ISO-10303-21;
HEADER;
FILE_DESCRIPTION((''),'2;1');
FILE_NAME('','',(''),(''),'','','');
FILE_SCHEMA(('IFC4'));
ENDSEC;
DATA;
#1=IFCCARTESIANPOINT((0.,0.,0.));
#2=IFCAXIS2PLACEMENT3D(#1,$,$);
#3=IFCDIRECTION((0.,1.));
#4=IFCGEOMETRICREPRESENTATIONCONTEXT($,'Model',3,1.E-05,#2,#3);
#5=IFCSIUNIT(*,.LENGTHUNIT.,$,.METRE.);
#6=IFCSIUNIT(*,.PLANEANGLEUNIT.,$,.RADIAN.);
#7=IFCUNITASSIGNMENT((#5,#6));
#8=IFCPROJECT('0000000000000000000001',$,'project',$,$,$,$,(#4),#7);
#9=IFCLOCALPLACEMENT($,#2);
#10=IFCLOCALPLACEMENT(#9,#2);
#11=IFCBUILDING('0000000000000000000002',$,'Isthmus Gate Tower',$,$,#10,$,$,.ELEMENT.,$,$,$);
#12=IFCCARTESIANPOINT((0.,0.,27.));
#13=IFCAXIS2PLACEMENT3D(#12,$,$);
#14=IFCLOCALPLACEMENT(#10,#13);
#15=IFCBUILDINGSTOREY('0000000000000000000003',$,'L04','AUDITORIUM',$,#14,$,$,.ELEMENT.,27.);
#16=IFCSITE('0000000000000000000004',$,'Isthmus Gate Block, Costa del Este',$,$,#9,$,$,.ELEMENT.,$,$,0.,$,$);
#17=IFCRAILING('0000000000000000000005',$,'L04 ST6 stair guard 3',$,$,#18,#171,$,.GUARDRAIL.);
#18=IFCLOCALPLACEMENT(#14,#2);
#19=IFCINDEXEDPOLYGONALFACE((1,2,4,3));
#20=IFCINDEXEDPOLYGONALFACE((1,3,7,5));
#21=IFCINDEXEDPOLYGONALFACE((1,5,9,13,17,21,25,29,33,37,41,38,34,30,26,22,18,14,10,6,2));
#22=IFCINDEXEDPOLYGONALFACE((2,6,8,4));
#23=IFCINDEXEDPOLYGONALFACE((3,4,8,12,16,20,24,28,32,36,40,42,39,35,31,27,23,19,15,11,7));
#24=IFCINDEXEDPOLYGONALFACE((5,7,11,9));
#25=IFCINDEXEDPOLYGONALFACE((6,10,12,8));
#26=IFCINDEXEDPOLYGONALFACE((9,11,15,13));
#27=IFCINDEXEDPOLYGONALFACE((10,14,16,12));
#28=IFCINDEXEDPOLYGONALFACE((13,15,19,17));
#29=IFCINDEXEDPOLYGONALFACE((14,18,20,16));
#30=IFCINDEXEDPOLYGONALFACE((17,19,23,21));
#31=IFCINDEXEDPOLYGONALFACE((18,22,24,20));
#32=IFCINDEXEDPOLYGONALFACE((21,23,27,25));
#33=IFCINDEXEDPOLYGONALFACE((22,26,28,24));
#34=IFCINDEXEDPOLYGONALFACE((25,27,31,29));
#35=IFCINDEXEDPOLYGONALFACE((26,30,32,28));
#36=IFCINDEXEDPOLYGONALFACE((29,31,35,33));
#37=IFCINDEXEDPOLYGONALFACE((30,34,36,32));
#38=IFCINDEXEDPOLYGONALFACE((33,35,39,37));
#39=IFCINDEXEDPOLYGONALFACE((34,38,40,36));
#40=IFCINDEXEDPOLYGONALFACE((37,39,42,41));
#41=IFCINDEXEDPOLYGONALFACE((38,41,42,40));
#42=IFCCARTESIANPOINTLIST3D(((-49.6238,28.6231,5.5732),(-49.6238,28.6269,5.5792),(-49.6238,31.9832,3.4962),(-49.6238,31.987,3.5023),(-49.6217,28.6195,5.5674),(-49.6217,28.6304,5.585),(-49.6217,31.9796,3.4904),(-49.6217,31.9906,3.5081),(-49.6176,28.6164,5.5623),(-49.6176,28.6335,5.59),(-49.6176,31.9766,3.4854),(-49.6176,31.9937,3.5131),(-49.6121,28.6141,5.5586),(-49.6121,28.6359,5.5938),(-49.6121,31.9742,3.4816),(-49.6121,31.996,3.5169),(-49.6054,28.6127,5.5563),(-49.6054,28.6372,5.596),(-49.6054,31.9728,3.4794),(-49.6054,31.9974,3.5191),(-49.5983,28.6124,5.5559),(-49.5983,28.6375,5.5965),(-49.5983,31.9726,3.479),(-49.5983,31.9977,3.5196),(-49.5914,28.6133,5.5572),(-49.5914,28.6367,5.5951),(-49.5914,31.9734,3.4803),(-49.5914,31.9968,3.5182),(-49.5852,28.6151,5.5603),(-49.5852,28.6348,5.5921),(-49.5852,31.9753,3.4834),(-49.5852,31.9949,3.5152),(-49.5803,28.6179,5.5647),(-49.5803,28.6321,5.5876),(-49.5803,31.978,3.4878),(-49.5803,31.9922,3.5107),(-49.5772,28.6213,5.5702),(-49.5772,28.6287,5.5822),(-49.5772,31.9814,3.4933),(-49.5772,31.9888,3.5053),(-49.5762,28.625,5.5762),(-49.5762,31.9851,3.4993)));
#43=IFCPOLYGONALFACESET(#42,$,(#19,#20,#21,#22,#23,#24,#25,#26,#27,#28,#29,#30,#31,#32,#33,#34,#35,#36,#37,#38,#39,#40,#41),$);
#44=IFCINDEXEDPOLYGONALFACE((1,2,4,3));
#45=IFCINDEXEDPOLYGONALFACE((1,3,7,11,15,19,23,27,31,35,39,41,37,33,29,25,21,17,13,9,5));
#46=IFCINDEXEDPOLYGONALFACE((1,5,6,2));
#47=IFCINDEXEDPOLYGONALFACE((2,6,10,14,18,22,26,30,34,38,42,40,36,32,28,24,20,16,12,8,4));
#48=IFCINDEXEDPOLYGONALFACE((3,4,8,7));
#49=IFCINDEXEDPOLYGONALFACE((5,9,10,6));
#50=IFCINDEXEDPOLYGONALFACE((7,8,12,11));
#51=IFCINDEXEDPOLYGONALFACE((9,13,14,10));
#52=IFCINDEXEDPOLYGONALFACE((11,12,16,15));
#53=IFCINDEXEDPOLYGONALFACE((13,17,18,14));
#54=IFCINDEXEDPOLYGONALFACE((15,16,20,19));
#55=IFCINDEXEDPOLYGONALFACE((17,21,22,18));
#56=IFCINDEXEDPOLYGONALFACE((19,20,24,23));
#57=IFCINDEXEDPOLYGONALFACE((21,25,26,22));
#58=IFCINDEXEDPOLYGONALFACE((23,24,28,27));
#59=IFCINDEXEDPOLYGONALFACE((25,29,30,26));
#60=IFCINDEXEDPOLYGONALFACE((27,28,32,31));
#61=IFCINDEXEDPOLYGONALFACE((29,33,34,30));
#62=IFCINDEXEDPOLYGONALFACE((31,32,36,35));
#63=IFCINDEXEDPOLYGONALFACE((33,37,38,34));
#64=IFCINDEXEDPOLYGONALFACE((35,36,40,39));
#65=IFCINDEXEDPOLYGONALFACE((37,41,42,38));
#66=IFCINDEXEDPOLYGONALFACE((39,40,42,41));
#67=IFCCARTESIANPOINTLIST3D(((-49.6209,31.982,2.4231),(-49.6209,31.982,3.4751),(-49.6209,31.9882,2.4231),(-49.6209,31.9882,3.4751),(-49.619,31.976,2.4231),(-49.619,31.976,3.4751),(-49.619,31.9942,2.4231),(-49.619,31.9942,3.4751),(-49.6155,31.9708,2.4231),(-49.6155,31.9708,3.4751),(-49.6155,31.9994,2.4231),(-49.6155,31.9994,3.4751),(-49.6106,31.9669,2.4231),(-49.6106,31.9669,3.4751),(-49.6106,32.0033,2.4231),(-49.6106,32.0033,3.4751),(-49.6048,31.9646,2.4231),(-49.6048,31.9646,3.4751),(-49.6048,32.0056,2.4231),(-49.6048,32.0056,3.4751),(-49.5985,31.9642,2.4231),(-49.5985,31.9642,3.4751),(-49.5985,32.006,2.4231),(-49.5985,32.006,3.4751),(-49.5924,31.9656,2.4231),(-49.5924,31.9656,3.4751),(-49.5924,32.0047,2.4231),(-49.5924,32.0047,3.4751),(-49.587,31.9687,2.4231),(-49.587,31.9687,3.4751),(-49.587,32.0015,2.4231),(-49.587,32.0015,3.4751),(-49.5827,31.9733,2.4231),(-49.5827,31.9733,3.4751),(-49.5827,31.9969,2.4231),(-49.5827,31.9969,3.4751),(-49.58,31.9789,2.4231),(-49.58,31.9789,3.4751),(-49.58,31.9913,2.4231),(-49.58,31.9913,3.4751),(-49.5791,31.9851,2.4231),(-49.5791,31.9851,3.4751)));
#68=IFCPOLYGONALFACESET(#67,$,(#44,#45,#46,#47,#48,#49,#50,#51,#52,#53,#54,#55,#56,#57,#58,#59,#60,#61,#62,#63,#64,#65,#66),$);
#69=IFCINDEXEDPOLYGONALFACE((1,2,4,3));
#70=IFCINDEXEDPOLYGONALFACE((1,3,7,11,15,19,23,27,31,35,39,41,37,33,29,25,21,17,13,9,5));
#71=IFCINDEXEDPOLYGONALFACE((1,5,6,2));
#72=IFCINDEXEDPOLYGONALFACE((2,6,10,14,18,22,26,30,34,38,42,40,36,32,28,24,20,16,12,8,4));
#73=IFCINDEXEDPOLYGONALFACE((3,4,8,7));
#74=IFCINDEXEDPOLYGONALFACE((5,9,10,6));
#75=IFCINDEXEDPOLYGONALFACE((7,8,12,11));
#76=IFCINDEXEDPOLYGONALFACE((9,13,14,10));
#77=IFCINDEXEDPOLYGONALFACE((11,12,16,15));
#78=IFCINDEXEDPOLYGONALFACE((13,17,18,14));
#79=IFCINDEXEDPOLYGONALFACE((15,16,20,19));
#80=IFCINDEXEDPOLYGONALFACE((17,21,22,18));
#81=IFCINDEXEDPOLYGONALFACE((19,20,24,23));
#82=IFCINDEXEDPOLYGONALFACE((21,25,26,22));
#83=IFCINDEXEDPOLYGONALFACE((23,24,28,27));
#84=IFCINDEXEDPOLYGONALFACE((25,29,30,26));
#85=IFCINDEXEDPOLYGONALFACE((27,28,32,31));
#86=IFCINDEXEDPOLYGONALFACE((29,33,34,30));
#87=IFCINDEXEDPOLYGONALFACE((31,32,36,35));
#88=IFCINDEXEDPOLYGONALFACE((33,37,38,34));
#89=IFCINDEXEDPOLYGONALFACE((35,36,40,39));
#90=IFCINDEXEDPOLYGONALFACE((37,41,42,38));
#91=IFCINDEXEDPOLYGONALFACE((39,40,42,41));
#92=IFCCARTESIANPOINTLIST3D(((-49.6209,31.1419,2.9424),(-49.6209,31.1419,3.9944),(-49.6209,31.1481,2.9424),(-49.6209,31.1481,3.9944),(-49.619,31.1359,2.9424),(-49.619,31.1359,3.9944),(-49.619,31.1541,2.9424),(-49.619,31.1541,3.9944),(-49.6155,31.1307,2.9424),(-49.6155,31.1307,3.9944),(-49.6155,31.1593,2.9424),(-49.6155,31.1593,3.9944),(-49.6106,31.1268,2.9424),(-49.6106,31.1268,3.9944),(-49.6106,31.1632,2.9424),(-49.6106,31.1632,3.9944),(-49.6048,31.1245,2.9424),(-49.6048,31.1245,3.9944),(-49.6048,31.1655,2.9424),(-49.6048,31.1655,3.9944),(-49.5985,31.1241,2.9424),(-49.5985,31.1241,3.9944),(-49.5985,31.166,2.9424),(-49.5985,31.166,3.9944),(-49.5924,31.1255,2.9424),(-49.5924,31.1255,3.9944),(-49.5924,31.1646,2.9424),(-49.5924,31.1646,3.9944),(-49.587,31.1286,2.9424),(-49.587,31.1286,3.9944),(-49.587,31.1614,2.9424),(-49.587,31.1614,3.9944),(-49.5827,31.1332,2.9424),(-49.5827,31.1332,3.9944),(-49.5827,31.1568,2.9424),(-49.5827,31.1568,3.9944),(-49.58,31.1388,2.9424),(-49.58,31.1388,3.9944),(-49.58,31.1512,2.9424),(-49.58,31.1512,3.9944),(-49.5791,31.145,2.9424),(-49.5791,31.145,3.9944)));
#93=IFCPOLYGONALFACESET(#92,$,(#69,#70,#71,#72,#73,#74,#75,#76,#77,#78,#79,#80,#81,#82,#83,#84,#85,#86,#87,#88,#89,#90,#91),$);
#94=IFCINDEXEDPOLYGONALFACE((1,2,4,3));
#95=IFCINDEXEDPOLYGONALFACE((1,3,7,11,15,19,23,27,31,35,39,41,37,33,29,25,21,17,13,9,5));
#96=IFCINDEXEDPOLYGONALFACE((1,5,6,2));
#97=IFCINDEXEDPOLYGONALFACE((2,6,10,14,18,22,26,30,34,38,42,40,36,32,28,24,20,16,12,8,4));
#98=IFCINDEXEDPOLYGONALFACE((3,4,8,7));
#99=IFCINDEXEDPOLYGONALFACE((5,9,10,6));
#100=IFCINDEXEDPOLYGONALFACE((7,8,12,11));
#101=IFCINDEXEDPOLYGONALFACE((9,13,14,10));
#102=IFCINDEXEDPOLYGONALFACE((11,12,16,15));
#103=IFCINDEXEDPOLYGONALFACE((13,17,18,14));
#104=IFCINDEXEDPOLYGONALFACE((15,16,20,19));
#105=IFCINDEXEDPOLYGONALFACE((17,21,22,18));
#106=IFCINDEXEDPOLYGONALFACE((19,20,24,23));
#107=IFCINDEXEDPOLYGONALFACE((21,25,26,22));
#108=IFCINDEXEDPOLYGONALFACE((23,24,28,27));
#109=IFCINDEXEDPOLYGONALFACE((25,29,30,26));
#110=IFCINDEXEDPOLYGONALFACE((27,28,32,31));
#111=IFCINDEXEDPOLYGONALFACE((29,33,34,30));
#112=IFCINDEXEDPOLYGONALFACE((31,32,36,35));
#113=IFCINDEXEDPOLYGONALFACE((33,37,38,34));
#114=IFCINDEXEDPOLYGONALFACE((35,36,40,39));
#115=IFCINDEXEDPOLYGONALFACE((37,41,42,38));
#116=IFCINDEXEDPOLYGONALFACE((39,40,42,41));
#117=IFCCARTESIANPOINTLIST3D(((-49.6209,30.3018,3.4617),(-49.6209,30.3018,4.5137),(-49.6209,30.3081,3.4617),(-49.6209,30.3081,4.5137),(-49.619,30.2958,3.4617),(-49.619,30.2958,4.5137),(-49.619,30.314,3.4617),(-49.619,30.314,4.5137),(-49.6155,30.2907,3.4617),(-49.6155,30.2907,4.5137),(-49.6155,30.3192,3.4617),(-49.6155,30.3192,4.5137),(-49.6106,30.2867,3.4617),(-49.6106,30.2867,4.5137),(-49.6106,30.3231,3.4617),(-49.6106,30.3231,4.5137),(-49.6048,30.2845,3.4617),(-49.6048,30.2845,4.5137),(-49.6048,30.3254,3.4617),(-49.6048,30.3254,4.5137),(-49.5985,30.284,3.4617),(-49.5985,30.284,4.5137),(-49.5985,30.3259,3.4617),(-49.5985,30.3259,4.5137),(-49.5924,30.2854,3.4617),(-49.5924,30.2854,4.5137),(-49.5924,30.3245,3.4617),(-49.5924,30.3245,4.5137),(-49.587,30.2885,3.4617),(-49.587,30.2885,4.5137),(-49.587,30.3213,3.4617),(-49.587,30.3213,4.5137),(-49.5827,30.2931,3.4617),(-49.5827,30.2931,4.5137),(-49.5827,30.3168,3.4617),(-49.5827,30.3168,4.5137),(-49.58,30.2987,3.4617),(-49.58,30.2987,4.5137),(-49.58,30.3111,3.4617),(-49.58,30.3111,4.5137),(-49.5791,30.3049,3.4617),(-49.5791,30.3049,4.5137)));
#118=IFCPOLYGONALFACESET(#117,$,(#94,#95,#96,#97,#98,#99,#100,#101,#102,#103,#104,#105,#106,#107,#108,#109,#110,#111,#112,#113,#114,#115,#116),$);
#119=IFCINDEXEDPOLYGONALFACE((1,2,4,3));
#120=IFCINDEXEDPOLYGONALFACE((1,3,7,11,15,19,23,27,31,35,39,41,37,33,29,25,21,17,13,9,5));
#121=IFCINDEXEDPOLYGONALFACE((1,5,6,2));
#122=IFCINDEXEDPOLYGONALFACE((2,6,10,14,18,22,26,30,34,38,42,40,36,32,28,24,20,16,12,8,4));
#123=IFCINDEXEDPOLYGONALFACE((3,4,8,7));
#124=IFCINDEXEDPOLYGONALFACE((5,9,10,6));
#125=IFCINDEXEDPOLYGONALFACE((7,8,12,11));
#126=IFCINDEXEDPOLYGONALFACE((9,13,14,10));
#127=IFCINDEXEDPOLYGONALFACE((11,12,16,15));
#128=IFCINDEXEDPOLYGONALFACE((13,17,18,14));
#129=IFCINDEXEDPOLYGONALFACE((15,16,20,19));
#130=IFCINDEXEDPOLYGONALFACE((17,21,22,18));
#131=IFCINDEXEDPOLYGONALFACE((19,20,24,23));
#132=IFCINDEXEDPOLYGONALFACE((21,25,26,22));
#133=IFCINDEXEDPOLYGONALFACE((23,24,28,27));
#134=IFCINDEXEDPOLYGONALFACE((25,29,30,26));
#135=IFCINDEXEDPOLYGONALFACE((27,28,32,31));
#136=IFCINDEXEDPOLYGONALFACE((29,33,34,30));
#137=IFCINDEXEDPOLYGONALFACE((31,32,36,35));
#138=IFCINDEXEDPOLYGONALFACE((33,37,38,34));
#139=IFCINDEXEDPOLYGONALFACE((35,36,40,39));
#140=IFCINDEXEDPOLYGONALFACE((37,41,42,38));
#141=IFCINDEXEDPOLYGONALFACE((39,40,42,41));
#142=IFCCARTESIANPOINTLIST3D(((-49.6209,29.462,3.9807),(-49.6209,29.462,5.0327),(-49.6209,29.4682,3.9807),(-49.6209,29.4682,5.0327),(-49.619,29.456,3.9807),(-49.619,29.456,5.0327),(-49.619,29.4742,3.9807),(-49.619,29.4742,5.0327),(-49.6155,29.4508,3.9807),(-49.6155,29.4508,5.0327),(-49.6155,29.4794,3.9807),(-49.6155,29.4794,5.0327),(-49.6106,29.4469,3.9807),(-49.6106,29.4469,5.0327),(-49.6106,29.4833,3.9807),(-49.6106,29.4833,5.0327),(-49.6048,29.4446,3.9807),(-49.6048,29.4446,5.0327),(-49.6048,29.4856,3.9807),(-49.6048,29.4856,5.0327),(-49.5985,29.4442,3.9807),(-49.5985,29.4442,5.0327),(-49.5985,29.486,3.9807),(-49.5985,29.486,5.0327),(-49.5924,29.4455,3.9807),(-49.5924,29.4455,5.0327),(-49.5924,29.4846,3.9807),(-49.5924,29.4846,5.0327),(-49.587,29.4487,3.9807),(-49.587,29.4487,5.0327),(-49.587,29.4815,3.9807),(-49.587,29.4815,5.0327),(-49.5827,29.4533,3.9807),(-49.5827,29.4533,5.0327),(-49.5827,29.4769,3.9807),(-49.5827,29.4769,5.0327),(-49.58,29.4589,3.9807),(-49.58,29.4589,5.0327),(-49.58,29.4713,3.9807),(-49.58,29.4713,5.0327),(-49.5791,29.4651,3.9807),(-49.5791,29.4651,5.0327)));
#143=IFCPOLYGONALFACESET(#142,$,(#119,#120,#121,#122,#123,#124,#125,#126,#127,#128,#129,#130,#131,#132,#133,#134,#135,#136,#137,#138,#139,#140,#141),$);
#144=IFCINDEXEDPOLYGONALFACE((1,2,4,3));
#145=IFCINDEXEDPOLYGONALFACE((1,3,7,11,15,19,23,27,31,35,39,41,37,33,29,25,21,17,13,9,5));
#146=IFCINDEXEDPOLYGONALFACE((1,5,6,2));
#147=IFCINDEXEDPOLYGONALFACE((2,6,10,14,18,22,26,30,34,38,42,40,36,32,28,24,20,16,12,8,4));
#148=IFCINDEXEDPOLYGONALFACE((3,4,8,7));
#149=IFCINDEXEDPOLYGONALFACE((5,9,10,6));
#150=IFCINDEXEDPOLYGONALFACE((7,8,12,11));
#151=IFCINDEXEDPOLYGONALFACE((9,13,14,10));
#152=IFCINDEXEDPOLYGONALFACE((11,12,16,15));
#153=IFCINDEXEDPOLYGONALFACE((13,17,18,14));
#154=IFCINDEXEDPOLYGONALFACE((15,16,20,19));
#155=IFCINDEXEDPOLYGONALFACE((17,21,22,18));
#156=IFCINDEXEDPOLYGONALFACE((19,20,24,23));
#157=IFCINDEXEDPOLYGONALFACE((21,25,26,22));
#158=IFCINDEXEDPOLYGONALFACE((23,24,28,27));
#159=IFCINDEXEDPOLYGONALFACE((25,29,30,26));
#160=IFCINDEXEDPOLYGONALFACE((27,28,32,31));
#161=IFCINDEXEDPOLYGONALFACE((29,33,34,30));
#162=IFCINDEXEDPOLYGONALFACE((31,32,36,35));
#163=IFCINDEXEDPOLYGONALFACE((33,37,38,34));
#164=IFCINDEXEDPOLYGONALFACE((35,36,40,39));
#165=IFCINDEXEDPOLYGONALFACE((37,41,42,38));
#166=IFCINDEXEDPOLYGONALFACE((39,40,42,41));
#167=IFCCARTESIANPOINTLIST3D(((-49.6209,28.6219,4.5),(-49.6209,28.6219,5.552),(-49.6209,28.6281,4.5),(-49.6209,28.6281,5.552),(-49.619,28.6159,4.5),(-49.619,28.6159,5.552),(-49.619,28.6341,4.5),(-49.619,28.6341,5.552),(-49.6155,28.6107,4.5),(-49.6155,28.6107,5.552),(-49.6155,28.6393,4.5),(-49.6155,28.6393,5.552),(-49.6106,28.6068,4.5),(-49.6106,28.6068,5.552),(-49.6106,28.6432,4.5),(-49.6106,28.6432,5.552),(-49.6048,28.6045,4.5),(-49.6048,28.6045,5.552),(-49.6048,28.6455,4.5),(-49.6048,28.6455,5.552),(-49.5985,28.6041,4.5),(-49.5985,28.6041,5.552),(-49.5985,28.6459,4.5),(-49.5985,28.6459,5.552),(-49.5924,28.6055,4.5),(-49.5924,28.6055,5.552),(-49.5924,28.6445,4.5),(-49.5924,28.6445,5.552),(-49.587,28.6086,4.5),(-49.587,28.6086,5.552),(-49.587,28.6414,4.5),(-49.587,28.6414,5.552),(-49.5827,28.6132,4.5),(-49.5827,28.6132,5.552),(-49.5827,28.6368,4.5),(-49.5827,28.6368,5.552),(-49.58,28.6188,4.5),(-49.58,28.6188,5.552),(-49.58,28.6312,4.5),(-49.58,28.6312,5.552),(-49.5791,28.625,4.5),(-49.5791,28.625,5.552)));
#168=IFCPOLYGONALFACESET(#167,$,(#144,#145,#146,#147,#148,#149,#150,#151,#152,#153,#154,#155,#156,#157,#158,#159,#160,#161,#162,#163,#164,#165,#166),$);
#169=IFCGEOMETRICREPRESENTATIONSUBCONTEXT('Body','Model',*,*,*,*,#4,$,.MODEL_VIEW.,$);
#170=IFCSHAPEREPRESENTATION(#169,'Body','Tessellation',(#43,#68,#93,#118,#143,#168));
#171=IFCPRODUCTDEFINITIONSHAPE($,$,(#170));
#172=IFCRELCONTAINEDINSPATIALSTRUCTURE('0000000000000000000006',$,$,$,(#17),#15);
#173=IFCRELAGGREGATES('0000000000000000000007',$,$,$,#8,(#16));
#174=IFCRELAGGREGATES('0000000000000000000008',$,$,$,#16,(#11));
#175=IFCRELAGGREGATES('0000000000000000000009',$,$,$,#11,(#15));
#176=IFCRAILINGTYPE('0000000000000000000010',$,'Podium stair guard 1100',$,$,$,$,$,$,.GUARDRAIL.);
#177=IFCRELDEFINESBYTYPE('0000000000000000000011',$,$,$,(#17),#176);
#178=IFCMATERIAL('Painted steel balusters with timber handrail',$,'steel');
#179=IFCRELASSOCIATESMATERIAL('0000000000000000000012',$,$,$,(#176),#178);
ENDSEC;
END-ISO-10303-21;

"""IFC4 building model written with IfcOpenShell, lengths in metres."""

from ifc_helpers import new_model, si_unit, direction, frame, origin, origin_2d, place, context, subcontext, project, spatial, circle, extrude, material, type_object, element, save


model = new_model("IFC4")

# Units and contexts
model_context = context("Model", 3, precision=1e-05, world=origin(), true_north=direction((0.0, 1.0)))
body_context = subcontext(model_context, "Body", "Model", "MODEL_VIEW")
ifc_project = project(units=[si_unit("LENGTHUNIT", "METRE"), si_unit("PLANEANGLEUNIT", "RADIAN")], contexts=[model_context])

# Site, building, storey
site_placement = place(None, origin())
site = spatial("IfcSite", under=ifc_project, at=site_placement, Name="Isthmus Gate Block, Costa del Este", CompositionType="ELEMENT", RefElevation=0.0)
building_placement = place(site_placement, origin())
building = spatial("IfcBuilding", under=site, at=building_placement, Name="Isthmus Gate Tower", CompositionType="ELEMENT")
storey_placement = place(building_placement, frame((0.0, 0.0, 27.0)))
storey = spatial("IfcBuildingStorey", under=building, at=storey_placement, Name="L04", Description="AUDITORIUM", CompositionType="ELEMENT", Elevation=27.0)

# Railing
ifc_material_1 = material(Name="Painted steel balusters with timber handrail", Category="steel")
railing_type_1 = type_object("IfcRailingType", Name="Podium stair guard 1100", PredefinedType="GUARDRAIL", material=ifc_material_1)
railing_1_placement = place(storey_placement, frame((-49.6001, 31.9851, 2.4231)))
element("IfcRailing", 1, at=railing_1_placement, inside=storey, type_object=railing_type_1, Name="L04 ST6 stair guard 3", PredefinedType="GUARDRAIL", context=body_context, shape_type="SweptSolid", body=[
    extrude(circle(Radius=0.0239, at=origin_2d()), frame((0.0, 0.0, 1.0762), z_axis=(0.0, -0.850623, 0.525776), x_axis=(1.0, 0.0, 0.0)), (0.0, 0.0, 1.0), 3.9502),
    extrude(circle(Radius=0.021, at=origin_2d()), origin(), (0.0, 0.0, 1.0), 1.052),
    extrude(circle(Radius=0.021, at=origin_2d()), frame((0.0, -0.8401, 0.5193)), (0.0, 0.0, 1.0), 1.052),
    extrude(circle(Radius=0.021, at=origin_2d()), frame((0.0, -1.6802, 1.0386)), (0.0, 0.0, 1.0), 1.052),
    extrude(circle(Radius=0.021, at=origin_2d()), frame((0.0, -2.52, 1.5576)), (0.0, 0.0, 1.0), 1.052),
    extrude(circle(Radius=0.021, at=origin_2d()), frame((0.0, -3.3601, 2.0769)), (0.0, 0.0, 1.0), 1.052),
])

save(model, "model.ifc")
